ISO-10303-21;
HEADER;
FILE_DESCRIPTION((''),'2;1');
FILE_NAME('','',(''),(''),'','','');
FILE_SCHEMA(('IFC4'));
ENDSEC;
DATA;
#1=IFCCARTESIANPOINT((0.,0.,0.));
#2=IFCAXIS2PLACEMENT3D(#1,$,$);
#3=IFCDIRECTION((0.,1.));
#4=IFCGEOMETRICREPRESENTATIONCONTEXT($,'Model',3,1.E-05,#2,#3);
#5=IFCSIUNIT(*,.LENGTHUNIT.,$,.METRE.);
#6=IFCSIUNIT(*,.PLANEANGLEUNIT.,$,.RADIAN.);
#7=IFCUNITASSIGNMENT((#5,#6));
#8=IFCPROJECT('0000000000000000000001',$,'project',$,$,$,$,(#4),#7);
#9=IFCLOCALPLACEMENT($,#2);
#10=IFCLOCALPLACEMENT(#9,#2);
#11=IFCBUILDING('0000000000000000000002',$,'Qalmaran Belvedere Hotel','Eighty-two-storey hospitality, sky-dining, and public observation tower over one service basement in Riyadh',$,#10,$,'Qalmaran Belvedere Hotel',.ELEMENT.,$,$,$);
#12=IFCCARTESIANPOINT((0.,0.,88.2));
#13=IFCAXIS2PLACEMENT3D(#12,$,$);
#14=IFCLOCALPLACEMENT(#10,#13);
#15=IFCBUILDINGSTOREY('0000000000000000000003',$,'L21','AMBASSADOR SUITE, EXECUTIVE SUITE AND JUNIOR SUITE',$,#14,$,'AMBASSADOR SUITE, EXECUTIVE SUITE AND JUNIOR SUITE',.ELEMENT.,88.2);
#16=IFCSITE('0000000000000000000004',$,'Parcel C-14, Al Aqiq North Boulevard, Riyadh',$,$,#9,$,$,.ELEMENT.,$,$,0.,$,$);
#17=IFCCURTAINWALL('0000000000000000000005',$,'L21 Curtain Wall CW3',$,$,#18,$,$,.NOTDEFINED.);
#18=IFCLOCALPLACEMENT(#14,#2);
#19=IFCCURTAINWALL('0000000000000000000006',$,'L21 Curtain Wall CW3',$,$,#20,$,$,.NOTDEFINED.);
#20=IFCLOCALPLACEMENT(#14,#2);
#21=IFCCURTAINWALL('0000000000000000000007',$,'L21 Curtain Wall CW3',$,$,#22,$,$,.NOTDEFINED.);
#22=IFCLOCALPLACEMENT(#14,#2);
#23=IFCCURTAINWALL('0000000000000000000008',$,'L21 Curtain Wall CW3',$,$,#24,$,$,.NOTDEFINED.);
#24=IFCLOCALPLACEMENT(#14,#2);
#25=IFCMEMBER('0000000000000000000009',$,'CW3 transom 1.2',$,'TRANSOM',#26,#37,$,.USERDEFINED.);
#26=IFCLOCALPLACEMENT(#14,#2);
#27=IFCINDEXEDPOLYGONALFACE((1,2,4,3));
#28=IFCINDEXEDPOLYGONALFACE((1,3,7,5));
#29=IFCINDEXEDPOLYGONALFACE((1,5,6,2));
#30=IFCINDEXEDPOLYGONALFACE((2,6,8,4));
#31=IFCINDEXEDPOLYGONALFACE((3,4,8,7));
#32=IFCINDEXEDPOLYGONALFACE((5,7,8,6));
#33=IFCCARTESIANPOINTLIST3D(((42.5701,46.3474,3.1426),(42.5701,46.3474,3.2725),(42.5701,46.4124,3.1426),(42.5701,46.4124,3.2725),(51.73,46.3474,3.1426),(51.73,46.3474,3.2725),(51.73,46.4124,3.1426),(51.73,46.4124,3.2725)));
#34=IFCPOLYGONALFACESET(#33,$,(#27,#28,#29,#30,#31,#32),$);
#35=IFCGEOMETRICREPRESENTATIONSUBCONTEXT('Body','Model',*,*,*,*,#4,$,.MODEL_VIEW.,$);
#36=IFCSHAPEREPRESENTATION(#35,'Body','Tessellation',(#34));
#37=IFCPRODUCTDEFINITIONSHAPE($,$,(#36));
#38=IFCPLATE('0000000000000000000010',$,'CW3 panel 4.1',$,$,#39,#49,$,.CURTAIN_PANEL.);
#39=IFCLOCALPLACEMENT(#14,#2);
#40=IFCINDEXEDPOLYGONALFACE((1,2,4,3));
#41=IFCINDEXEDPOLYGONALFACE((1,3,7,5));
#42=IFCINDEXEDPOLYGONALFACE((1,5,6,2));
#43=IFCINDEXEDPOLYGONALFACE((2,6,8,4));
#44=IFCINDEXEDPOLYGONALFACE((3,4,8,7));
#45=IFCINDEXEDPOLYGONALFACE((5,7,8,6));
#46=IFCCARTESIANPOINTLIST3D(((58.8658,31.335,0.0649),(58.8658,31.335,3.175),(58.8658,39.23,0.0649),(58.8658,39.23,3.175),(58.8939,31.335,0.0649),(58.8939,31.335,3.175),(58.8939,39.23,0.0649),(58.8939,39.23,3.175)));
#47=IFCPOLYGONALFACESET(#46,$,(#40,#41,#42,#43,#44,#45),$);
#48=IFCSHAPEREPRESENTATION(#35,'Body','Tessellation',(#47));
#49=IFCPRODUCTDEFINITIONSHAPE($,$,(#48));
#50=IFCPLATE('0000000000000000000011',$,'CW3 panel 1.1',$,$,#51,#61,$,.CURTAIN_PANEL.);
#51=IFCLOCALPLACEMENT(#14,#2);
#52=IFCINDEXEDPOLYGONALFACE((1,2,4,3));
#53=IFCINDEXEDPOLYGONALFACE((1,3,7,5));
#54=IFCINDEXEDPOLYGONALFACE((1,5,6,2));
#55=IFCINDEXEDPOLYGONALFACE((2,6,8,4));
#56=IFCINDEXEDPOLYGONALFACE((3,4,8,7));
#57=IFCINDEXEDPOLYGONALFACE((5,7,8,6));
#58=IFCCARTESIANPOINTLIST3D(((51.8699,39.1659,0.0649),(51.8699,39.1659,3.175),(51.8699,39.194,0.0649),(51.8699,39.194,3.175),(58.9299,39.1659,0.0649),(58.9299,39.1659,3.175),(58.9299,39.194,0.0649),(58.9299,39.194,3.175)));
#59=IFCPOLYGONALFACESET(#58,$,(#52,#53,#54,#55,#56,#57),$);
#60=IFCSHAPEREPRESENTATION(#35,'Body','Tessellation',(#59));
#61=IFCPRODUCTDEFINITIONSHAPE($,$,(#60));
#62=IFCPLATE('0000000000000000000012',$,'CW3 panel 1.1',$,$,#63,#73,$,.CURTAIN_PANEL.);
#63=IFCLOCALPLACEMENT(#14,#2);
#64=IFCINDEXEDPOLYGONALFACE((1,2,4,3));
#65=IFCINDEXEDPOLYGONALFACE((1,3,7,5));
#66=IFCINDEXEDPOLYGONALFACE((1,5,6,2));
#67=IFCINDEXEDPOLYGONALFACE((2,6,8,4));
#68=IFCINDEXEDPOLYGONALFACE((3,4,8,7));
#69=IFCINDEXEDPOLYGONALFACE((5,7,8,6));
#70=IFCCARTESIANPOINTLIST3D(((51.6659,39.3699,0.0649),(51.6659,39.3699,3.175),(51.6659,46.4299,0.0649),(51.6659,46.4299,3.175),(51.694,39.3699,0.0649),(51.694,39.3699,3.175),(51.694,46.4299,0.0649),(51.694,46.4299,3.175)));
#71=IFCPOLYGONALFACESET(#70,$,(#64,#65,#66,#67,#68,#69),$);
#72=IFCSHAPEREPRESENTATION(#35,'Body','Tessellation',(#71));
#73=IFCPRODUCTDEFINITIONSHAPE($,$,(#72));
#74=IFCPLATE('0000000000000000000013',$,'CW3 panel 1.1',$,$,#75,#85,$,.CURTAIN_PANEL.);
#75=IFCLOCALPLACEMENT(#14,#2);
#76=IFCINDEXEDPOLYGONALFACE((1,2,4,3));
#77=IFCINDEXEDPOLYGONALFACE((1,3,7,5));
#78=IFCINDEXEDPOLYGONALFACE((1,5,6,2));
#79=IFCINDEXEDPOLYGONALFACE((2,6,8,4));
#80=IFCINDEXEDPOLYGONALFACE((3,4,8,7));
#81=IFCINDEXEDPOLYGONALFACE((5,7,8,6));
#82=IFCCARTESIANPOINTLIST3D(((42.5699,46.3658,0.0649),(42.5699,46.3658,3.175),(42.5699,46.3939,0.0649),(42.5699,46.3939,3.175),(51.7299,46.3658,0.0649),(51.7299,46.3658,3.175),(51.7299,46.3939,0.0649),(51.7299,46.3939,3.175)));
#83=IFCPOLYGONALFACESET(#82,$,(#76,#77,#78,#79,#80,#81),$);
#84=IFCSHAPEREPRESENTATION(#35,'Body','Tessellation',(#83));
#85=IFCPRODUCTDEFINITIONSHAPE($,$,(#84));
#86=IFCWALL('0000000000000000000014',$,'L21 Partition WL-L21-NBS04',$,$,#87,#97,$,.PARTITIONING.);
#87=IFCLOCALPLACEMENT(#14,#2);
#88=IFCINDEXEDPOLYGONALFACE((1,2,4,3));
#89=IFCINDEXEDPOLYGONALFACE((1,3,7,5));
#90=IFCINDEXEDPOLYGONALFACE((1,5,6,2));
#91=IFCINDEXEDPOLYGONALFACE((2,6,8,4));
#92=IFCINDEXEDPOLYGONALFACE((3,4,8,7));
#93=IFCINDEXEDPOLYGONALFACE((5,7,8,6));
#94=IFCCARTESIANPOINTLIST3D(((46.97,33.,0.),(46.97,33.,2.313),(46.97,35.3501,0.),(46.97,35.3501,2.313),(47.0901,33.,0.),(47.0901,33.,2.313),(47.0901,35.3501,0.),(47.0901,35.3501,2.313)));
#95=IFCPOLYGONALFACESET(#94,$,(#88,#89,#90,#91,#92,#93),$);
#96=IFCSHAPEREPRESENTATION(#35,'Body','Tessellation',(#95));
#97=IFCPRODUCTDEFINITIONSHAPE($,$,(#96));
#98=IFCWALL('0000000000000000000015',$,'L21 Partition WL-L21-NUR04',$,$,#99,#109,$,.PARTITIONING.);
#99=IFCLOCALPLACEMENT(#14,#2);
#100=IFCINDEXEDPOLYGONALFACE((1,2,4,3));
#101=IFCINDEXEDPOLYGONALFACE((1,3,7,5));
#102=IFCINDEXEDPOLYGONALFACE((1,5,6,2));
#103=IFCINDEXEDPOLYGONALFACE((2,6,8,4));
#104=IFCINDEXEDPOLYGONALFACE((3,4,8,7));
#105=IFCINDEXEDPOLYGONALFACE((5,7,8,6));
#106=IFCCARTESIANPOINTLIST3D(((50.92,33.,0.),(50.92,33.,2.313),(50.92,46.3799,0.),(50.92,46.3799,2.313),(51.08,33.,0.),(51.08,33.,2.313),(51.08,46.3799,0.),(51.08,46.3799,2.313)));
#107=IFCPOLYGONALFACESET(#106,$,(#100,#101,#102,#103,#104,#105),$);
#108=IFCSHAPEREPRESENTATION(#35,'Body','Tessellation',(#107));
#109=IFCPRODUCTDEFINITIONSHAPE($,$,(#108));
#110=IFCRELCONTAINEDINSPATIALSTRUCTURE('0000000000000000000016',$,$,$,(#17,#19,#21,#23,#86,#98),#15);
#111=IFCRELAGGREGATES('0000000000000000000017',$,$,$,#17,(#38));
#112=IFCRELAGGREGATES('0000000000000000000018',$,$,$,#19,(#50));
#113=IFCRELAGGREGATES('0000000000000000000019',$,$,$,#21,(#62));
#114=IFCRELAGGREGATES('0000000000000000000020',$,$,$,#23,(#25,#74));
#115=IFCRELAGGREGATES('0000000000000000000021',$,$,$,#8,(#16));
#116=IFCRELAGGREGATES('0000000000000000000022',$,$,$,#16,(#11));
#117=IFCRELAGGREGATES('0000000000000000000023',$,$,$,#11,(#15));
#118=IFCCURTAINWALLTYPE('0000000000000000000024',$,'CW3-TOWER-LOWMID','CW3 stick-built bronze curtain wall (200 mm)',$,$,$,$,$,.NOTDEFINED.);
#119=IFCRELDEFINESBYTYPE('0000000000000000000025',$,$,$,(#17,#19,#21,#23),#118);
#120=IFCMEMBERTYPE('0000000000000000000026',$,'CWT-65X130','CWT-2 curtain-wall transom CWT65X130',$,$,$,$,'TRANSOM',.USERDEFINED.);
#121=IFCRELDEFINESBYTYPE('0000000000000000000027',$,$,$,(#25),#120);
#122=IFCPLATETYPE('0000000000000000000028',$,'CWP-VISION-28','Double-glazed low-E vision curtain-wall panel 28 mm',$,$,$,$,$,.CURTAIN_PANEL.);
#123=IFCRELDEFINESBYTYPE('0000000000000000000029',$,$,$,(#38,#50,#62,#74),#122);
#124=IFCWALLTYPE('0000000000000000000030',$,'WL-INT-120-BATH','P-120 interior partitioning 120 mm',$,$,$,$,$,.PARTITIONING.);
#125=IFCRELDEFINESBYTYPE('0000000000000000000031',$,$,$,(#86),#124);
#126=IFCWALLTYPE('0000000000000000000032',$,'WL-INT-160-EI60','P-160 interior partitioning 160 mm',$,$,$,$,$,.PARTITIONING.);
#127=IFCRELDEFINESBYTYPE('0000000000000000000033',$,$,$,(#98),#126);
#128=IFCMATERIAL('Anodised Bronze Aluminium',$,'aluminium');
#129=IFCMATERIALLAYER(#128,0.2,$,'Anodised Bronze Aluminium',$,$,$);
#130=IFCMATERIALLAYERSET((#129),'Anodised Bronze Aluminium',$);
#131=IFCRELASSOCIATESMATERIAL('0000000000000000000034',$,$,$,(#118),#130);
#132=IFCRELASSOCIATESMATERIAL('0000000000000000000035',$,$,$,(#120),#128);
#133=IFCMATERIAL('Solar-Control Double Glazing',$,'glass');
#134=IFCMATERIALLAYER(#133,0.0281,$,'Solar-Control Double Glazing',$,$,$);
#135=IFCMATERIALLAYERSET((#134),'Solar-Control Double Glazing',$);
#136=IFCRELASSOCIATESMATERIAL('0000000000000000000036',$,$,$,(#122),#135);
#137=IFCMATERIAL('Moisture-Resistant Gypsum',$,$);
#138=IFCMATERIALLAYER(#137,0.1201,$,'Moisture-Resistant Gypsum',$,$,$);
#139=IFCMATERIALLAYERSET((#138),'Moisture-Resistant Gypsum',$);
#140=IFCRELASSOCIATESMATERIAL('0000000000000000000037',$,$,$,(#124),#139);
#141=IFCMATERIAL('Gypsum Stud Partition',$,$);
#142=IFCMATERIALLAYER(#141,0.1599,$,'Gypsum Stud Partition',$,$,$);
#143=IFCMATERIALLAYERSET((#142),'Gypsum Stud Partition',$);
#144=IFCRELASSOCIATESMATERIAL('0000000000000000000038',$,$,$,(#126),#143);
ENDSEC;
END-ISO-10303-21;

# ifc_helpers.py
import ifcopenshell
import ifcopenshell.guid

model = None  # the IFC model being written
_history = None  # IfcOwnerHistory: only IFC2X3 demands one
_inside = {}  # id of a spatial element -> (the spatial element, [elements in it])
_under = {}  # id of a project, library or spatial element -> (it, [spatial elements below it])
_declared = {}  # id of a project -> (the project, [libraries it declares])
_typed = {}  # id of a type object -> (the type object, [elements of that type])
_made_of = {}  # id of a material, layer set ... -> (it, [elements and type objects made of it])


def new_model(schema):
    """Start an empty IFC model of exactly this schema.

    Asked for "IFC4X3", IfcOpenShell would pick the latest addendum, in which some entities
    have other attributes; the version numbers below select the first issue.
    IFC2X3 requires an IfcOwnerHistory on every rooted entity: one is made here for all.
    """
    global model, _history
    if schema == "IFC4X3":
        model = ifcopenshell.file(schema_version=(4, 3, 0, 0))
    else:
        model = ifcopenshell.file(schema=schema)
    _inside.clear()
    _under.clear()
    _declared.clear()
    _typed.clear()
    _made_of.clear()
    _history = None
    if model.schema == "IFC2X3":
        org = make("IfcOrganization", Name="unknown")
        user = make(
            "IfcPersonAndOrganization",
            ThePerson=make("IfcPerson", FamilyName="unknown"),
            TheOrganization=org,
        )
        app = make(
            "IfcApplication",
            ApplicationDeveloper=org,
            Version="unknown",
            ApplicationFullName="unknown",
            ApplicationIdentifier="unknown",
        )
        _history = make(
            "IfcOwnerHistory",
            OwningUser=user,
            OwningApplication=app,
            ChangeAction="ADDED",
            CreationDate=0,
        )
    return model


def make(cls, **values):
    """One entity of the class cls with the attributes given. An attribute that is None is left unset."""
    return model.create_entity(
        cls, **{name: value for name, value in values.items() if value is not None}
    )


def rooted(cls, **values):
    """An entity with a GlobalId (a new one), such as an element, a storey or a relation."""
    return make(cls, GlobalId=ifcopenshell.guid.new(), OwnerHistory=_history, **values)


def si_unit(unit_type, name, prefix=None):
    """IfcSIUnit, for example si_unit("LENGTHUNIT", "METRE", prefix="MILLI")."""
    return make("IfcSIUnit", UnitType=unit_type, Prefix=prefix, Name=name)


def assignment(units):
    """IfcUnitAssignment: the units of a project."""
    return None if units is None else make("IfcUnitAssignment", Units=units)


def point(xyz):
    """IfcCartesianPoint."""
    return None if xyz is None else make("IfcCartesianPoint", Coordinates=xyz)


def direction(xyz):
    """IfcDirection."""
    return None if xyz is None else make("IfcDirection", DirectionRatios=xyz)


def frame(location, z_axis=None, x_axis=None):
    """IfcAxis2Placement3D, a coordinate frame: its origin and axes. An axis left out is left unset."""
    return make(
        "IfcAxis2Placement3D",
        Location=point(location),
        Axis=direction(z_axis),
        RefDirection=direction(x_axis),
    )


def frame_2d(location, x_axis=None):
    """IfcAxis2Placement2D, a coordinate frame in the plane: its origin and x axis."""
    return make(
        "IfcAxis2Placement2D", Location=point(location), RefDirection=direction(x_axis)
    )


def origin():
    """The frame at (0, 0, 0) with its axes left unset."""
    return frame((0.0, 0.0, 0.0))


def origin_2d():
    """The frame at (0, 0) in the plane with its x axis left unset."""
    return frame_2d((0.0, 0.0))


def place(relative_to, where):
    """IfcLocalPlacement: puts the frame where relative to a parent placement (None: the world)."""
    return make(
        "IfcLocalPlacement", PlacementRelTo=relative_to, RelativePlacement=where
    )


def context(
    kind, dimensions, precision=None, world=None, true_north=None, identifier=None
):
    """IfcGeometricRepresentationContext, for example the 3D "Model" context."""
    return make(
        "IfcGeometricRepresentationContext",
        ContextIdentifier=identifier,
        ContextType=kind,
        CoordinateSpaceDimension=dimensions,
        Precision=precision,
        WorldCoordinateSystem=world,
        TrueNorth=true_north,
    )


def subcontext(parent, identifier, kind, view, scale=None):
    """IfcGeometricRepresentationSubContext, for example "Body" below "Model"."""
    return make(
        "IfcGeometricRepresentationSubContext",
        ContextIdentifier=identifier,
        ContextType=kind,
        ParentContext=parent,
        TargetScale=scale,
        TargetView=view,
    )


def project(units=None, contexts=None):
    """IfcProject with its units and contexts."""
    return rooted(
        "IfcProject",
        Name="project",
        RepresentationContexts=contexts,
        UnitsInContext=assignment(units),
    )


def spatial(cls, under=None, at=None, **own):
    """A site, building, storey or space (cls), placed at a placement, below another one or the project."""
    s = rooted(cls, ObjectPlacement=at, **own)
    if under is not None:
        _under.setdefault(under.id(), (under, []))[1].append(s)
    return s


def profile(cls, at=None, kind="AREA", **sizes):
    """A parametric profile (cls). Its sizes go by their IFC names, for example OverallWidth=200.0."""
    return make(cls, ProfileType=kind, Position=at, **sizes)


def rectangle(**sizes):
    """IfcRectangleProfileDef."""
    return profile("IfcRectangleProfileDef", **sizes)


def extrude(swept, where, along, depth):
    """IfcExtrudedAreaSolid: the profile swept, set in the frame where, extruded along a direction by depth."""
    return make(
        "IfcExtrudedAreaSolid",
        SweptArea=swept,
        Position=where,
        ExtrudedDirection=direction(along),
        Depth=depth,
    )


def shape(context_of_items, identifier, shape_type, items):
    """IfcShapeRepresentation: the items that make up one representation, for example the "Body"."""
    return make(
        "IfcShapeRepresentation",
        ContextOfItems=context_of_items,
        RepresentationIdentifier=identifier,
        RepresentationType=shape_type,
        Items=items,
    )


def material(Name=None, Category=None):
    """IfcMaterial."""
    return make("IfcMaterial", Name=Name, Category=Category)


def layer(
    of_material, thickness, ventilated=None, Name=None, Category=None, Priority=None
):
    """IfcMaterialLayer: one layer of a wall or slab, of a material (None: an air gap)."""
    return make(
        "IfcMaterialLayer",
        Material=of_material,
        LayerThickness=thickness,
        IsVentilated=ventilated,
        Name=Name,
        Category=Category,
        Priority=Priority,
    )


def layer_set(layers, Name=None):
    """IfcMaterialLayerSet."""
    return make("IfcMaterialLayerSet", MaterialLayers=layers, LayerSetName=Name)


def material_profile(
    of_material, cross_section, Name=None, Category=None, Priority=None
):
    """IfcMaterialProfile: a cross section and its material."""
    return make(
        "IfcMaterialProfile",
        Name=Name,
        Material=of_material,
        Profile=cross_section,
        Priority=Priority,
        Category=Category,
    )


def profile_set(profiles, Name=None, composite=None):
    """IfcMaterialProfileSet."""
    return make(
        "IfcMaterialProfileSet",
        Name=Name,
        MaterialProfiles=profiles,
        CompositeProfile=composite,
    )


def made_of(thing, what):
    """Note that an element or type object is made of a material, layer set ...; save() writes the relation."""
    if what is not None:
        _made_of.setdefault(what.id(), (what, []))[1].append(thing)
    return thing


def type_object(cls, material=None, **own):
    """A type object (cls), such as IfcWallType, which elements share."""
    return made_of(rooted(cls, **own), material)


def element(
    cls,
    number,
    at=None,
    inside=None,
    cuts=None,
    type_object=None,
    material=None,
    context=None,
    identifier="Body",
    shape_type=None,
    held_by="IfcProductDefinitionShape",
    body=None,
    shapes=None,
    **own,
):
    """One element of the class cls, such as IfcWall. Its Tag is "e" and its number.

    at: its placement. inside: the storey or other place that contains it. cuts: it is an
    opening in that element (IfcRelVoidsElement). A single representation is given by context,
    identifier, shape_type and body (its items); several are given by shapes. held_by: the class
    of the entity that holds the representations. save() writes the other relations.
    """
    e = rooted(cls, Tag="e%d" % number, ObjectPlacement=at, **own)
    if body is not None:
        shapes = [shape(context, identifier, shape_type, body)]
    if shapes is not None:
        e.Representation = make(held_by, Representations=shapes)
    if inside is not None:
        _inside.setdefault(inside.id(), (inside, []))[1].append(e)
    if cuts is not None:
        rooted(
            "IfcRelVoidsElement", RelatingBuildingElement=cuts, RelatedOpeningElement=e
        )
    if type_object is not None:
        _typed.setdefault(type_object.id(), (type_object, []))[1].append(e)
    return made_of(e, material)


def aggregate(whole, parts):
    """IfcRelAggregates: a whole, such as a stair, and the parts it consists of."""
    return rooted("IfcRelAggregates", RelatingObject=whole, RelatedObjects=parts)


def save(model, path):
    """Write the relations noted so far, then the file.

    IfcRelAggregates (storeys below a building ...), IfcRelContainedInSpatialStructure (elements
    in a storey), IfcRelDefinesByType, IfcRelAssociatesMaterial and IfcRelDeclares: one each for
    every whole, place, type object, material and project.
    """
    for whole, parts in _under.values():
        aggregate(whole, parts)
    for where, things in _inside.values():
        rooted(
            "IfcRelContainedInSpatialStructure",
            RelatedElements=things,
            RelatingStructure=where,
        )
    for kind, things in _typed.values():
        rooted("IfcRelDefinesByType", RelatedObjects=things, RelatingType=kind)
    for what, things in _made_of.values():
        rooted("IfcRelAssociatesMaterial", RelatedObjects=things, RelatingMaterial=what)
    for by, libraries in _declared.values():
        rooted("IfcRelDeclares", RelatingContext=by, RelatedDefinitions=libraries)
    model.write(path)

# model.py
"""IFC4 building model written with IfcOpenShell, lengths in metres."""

from ifc_helpers import new_model, si_unit, direction, frame, frame_2d, origin, origin_2d, place, context, subcontext, project, spatial, rectangle, extrude, material, layer, layer_set, material_profile, profile_set, type_object, element, aggregate, save


model = new_model("IFC4")

# Units and contexts
model_context = context("Model", 3, precision=1e-05, world=origin(), true_north=direction((0.0, 1.0)))
body_context = subcontext(model_context, "Body", "Model", "MODEL_VIEW")
ifc_project = project(units=[si_unit("LENGTHUNIT", "METRE"), si_unit("PLANEANGLEUNIT", "RADIAN")], contexts=[model_context])

# Site, building, storey
site_placement = place(None, origin())
site = spatial("IfcSite", under=ifc_project, at=site_placement, Name="Parcel C-14, Al Aqiq North Boulevard, Riyadh", CompositionType="ELEMENT", RefElevation=0.0)
building_placement = place(site_placement, origin())
building = spatial("IfcBuilding", under=site, at=building_placement, Name="Qalmaran Belvedere Hotel", Description="Eighty-two-storey hospitality, sky-dining, and public observation tower over one service basement in Riyadh", LongName="Qalmaran Belvedere Hotel", CompositionType="ELEMENT")
storey_placement = place(building_placement, frame((0.0, 0.0, 88.2)))
storey = spatial("IfcBuildingStorey", under=building, at=storey_placement, Name="L21", Description="AMBASSADOR SUITE, EXECUTIVE SUITE AND JUNIOR SUITE", LongName="AMBASSADOR SUITE, EXECUTIVE SUITE AND JUNIOR SUITE", CompositionType="ELEMENT", Elevation=88.2)

# Curtain wall
ifc_material_1 = material(Name="Anodised Bronze Aluminium", Category="aluminium")
ifc_layer_1 = layer(ifc_material_1, 0.2, Name="Anodised Bronze Aluminium")
ifc_layer_set_1 = layer_set([ifc_layer_1], Name="Anodised Bronze Aluminium")
curtain_wall_type = type_object("IfcCurtainWallType", Name="CW3-TOWER-LOWMID", Description="CW3 stick-built bronze curtain wall (200 mm)", PredefinedType="NOTDEFINED", material=ifc_layer_set_1)
curtain_wall_1_placement = place(storey_placement, origin())
curtain_wall_1 = element("IfcCurtainWall", 1, at=curtain_wall_1_placement, inside=storey, type_object=curtain_wall_type, Name="L21 Curtain Wall CW3", PredefinedType="NOTDEFINED")

# Curtain walls
curtain_wall_2_placement = place(storey_placement, origin())
curtain_wall_2 = element("IfcCurtainWall", 2, at=curtain_wall_2_placement, inside=storey, type_object=curtain_wall_type, Name="L21 Curtain Wall CW3", PredefinedType="NOTDEFINED")
curtain_wall_3_placement = place(storey_placement, origin())
curtain_wall_3 = element("IfcCurtainWall", 3, at=curtain_wall_3_placement, inside=storey, type_object=curtain_wall_type, Name="L21 Curtain Wall CW3", PredefinedType="NOTDEFINED")

# Curtain wall
curtain_wall_4_placement = place(storey_placement, origin())
curtain_wall_4 = element("IfcCurtainWall", 4, at=curtain_wall_4_placement, inside=storey, type_object=curtain_wall_type, Name="L21 Curtain Wall CW3", PredefinedType="NOTDEFINED")

# Member
ifc_material_profile_1 = material_profile(ifc_material_1, rectangle(XDim=0.0649, YDim=0.1299, at=origin_2d()), Name="CWT65X130")
ifc_profile_set_1 = profile_set([ifc_material_profile_1], Name="Anodised Bronze Aluminium")
member_type_1 = type_object("IfcMemberType", Name="CWT-65X130", Description="CWT-2 curtain-wall transom CWT65X130", ElementType="TRANSOM", PredefinedType="USERDEFINED", material=ifc_profile_set_1)
member_1_placement = place(storey_placement, frame((51.73, 46.3799, 3.2075), z_axis=(-1.0, 0.0, 0.0), x_axis=(0.0, -1.0, 0.0)))
member_1 = element("IfcMember", 5, at=member_1_placement, type_object=member_type_1, Name="CW3 transom 1.2", ObjectType="TRANSOM", PredefinedType="USERDEFINED", context=body_context, shape_type="SweptSolid", body=[
    extrude(rectangle(XDim=0.0649, YDim=0.1299, at=origin_2d()), origin(), (0.0, 0.0, 1.0), 9.1599),
])

# Plates
ifc_material_2 = material(Name="Solar-Control Double Glazing", Category="glass")
ifc_layer_2 = layer(ifc_material_2, 0.0281, Name="Solar-Control Double Glazing")
ifc_layer_set_2 = layer_set([ifc_layer_2], Name="Solar-Control Double Glazing")
plate_type = type_object("IfcPlateType", Name="CWP-VISION-28", Description="Double-glazed low-E vision curtain-wall panel 28 mm", PredefinedType="CURTAIN_PANEL", material=ifc_layer_set_2)
plate_1_placement = place(storey_placement, frame((58.8799, 35.2825, 0.0649), z_axis=(0.0, 0.0, 1.0), x_axis=(0.0, 1.0, 0.0)))
plate_1 = element("IfcPlate", 6, at=plate_1_placement, type_object=plate_type, Name="CW3 panel 4.1", PredefinedType="CURTAIN_PANEL", context=body_context, shape_type="SweptSolid", body=[
    extrude(rectangle(XDim=7.895, YDim=0.0281, at=origin_2d()), origin(), (0.0, 0.0, 1.0), 3.1101),
])
aggregate(curtain_wall_1, [plate_1])
plate_2_placement = place(storey_placement, frame((55.3999, 39.1799, 0.0649), z_axis=(0.0, 0.0, 1.0), x_axis=(-1.0, 0.0, 0.0)))
plate_2 = element("IfcPlate", 7, at=plate_2_placement, type_object=plate_type, Name="CW3 panel 1.1", PredefinedType="CURTAIN_PANEL", context=body_context, shape_type="SweptSolid", body=[
    extrude(rectangle(XDim=7.0601, YDim=0.0281, at=origin_2d()), origin(), (0.0, 0.0, 1.0), 3.1101),
])
aggregate(curtain_wall_2, [plate_2])
plate_3_placement = place(storey_placement, frame((51.6799, 42.8999, 0.0649), z_axis=(0.0, 0.0, 1.0), x_axis=(0.0, 1.0, 0.0)))
plate_3 = element("IfcPlate", 8, at=plate_3_placement, type_object=plate_type, Name="CW3 panel 1.1", PredefinedType="CURTAIN_PANEL", context=body_context, shape_type="SweptSolid", body=[
    extrude(rectangle(XDim=7.0601, YDim=0.0281, at=origin_2d()), origin(), (0.0, 0.0, 1.0), 3.1101),
])
aggregate(curtain_wall_3, [plate_3])
plate_4_placement = place(storey_placement, frame((47.1499, 46.3799, 0.0649), z_axis=(0.0, 0.0, 1.0), x_axis=(-1.0, 0.0, 0.0)))
plate_4 = element("IfcPlate", 9, at=plate_4_placement, type_object=plate_type, Name="CW3 panel 1.1", PredefinedType="CURTAIN_PANEL", context=body_context, shape_type="SweptSolid", body=[
    extrude(rectangle(XDim=9.1599, YDim=0.0281, at=origin_2d()), origin(), (0.0, 0.0, 1.0), 3.1101),
])
aggregate(curtain_wall_4, [member_1, plate_4])

# Walls
ifc_material_3 = material(Name="Moisture-Resistant Gypsum")
ifc_layer_3 = layer(ifc_material_3, 0.1201, Name="Moisture-Resistant Gypsum")
ifc_layer_set_3 = layer_set([ifc_layer_3], Name="Moisture-Resistant Gypsum")
wall_type_1 = type_object("IfcWallType", Name="WL-INT-120-BATH", Description="P-120 interior partitioning 120 mm", PredefinedType="PARTITIONING", material=ifc_layer_set_3)
wall_1_placement = place(storey_placement, frame((47.03, 33.0, 0.0), z_axis=(0.0, 0.0, 1.0), x_axis=(0.0, 1.0, 0.0)))
element("IfcWall", 10, at=wall_1_placement, inside=storey, type_object=wall_type_1, Name="L21 Partition WL-L21-NBS04", PredefinedType="PARTITIONING", context=body_context, shape_type="SweptSolid", body=[
    extrude(rectangle(XDim=2.3501, YDim=0.1201, at=frame_2d((1.175, 0.0))), origin(), (0.0, 0.0, 1.0), 2.313),
])
ifc_material_4 = material(Name="Gypsum Stud Partition")
ifc_layer_4 = layer(ifc_material_4, 0.1599, Name="Gypsum Stud Partition")
ifc_layer_set_4 = layer_set([ifc_layer_4], Name="Gypsum Stud Partition")
wall_type_2 = type_object("IfcWallType", Name="WL-INT-160-EI60", Description="P-160 interior partitioning 160 mm", PredefinedType="PARTITIONING", material=ifc_layer_set_4)
wall_2_placement = place(storey_placement, frame((51.0, 33.0, 0.0), z_axis=(0.0, 0.0, 1.0), x_axis=(0.0, 1.0, 0.0)))
element("IfcWall", 11, at=wall_2_placement, inside=storey, type_object=wall_type_2, Name="L21 Partition WL-L21-NUR04", PredefinedType="PARTITIONING", context=body_context, shape_type="SweptSolid", body=[
    extrude(rectangle(XDim=13.3799, YDim=0.1599, at=frame_2d((6.6899, 0.0))), origin(), (0.0, 0.0, 1.0), 2.313),
])

save(model, "model.ifc")
